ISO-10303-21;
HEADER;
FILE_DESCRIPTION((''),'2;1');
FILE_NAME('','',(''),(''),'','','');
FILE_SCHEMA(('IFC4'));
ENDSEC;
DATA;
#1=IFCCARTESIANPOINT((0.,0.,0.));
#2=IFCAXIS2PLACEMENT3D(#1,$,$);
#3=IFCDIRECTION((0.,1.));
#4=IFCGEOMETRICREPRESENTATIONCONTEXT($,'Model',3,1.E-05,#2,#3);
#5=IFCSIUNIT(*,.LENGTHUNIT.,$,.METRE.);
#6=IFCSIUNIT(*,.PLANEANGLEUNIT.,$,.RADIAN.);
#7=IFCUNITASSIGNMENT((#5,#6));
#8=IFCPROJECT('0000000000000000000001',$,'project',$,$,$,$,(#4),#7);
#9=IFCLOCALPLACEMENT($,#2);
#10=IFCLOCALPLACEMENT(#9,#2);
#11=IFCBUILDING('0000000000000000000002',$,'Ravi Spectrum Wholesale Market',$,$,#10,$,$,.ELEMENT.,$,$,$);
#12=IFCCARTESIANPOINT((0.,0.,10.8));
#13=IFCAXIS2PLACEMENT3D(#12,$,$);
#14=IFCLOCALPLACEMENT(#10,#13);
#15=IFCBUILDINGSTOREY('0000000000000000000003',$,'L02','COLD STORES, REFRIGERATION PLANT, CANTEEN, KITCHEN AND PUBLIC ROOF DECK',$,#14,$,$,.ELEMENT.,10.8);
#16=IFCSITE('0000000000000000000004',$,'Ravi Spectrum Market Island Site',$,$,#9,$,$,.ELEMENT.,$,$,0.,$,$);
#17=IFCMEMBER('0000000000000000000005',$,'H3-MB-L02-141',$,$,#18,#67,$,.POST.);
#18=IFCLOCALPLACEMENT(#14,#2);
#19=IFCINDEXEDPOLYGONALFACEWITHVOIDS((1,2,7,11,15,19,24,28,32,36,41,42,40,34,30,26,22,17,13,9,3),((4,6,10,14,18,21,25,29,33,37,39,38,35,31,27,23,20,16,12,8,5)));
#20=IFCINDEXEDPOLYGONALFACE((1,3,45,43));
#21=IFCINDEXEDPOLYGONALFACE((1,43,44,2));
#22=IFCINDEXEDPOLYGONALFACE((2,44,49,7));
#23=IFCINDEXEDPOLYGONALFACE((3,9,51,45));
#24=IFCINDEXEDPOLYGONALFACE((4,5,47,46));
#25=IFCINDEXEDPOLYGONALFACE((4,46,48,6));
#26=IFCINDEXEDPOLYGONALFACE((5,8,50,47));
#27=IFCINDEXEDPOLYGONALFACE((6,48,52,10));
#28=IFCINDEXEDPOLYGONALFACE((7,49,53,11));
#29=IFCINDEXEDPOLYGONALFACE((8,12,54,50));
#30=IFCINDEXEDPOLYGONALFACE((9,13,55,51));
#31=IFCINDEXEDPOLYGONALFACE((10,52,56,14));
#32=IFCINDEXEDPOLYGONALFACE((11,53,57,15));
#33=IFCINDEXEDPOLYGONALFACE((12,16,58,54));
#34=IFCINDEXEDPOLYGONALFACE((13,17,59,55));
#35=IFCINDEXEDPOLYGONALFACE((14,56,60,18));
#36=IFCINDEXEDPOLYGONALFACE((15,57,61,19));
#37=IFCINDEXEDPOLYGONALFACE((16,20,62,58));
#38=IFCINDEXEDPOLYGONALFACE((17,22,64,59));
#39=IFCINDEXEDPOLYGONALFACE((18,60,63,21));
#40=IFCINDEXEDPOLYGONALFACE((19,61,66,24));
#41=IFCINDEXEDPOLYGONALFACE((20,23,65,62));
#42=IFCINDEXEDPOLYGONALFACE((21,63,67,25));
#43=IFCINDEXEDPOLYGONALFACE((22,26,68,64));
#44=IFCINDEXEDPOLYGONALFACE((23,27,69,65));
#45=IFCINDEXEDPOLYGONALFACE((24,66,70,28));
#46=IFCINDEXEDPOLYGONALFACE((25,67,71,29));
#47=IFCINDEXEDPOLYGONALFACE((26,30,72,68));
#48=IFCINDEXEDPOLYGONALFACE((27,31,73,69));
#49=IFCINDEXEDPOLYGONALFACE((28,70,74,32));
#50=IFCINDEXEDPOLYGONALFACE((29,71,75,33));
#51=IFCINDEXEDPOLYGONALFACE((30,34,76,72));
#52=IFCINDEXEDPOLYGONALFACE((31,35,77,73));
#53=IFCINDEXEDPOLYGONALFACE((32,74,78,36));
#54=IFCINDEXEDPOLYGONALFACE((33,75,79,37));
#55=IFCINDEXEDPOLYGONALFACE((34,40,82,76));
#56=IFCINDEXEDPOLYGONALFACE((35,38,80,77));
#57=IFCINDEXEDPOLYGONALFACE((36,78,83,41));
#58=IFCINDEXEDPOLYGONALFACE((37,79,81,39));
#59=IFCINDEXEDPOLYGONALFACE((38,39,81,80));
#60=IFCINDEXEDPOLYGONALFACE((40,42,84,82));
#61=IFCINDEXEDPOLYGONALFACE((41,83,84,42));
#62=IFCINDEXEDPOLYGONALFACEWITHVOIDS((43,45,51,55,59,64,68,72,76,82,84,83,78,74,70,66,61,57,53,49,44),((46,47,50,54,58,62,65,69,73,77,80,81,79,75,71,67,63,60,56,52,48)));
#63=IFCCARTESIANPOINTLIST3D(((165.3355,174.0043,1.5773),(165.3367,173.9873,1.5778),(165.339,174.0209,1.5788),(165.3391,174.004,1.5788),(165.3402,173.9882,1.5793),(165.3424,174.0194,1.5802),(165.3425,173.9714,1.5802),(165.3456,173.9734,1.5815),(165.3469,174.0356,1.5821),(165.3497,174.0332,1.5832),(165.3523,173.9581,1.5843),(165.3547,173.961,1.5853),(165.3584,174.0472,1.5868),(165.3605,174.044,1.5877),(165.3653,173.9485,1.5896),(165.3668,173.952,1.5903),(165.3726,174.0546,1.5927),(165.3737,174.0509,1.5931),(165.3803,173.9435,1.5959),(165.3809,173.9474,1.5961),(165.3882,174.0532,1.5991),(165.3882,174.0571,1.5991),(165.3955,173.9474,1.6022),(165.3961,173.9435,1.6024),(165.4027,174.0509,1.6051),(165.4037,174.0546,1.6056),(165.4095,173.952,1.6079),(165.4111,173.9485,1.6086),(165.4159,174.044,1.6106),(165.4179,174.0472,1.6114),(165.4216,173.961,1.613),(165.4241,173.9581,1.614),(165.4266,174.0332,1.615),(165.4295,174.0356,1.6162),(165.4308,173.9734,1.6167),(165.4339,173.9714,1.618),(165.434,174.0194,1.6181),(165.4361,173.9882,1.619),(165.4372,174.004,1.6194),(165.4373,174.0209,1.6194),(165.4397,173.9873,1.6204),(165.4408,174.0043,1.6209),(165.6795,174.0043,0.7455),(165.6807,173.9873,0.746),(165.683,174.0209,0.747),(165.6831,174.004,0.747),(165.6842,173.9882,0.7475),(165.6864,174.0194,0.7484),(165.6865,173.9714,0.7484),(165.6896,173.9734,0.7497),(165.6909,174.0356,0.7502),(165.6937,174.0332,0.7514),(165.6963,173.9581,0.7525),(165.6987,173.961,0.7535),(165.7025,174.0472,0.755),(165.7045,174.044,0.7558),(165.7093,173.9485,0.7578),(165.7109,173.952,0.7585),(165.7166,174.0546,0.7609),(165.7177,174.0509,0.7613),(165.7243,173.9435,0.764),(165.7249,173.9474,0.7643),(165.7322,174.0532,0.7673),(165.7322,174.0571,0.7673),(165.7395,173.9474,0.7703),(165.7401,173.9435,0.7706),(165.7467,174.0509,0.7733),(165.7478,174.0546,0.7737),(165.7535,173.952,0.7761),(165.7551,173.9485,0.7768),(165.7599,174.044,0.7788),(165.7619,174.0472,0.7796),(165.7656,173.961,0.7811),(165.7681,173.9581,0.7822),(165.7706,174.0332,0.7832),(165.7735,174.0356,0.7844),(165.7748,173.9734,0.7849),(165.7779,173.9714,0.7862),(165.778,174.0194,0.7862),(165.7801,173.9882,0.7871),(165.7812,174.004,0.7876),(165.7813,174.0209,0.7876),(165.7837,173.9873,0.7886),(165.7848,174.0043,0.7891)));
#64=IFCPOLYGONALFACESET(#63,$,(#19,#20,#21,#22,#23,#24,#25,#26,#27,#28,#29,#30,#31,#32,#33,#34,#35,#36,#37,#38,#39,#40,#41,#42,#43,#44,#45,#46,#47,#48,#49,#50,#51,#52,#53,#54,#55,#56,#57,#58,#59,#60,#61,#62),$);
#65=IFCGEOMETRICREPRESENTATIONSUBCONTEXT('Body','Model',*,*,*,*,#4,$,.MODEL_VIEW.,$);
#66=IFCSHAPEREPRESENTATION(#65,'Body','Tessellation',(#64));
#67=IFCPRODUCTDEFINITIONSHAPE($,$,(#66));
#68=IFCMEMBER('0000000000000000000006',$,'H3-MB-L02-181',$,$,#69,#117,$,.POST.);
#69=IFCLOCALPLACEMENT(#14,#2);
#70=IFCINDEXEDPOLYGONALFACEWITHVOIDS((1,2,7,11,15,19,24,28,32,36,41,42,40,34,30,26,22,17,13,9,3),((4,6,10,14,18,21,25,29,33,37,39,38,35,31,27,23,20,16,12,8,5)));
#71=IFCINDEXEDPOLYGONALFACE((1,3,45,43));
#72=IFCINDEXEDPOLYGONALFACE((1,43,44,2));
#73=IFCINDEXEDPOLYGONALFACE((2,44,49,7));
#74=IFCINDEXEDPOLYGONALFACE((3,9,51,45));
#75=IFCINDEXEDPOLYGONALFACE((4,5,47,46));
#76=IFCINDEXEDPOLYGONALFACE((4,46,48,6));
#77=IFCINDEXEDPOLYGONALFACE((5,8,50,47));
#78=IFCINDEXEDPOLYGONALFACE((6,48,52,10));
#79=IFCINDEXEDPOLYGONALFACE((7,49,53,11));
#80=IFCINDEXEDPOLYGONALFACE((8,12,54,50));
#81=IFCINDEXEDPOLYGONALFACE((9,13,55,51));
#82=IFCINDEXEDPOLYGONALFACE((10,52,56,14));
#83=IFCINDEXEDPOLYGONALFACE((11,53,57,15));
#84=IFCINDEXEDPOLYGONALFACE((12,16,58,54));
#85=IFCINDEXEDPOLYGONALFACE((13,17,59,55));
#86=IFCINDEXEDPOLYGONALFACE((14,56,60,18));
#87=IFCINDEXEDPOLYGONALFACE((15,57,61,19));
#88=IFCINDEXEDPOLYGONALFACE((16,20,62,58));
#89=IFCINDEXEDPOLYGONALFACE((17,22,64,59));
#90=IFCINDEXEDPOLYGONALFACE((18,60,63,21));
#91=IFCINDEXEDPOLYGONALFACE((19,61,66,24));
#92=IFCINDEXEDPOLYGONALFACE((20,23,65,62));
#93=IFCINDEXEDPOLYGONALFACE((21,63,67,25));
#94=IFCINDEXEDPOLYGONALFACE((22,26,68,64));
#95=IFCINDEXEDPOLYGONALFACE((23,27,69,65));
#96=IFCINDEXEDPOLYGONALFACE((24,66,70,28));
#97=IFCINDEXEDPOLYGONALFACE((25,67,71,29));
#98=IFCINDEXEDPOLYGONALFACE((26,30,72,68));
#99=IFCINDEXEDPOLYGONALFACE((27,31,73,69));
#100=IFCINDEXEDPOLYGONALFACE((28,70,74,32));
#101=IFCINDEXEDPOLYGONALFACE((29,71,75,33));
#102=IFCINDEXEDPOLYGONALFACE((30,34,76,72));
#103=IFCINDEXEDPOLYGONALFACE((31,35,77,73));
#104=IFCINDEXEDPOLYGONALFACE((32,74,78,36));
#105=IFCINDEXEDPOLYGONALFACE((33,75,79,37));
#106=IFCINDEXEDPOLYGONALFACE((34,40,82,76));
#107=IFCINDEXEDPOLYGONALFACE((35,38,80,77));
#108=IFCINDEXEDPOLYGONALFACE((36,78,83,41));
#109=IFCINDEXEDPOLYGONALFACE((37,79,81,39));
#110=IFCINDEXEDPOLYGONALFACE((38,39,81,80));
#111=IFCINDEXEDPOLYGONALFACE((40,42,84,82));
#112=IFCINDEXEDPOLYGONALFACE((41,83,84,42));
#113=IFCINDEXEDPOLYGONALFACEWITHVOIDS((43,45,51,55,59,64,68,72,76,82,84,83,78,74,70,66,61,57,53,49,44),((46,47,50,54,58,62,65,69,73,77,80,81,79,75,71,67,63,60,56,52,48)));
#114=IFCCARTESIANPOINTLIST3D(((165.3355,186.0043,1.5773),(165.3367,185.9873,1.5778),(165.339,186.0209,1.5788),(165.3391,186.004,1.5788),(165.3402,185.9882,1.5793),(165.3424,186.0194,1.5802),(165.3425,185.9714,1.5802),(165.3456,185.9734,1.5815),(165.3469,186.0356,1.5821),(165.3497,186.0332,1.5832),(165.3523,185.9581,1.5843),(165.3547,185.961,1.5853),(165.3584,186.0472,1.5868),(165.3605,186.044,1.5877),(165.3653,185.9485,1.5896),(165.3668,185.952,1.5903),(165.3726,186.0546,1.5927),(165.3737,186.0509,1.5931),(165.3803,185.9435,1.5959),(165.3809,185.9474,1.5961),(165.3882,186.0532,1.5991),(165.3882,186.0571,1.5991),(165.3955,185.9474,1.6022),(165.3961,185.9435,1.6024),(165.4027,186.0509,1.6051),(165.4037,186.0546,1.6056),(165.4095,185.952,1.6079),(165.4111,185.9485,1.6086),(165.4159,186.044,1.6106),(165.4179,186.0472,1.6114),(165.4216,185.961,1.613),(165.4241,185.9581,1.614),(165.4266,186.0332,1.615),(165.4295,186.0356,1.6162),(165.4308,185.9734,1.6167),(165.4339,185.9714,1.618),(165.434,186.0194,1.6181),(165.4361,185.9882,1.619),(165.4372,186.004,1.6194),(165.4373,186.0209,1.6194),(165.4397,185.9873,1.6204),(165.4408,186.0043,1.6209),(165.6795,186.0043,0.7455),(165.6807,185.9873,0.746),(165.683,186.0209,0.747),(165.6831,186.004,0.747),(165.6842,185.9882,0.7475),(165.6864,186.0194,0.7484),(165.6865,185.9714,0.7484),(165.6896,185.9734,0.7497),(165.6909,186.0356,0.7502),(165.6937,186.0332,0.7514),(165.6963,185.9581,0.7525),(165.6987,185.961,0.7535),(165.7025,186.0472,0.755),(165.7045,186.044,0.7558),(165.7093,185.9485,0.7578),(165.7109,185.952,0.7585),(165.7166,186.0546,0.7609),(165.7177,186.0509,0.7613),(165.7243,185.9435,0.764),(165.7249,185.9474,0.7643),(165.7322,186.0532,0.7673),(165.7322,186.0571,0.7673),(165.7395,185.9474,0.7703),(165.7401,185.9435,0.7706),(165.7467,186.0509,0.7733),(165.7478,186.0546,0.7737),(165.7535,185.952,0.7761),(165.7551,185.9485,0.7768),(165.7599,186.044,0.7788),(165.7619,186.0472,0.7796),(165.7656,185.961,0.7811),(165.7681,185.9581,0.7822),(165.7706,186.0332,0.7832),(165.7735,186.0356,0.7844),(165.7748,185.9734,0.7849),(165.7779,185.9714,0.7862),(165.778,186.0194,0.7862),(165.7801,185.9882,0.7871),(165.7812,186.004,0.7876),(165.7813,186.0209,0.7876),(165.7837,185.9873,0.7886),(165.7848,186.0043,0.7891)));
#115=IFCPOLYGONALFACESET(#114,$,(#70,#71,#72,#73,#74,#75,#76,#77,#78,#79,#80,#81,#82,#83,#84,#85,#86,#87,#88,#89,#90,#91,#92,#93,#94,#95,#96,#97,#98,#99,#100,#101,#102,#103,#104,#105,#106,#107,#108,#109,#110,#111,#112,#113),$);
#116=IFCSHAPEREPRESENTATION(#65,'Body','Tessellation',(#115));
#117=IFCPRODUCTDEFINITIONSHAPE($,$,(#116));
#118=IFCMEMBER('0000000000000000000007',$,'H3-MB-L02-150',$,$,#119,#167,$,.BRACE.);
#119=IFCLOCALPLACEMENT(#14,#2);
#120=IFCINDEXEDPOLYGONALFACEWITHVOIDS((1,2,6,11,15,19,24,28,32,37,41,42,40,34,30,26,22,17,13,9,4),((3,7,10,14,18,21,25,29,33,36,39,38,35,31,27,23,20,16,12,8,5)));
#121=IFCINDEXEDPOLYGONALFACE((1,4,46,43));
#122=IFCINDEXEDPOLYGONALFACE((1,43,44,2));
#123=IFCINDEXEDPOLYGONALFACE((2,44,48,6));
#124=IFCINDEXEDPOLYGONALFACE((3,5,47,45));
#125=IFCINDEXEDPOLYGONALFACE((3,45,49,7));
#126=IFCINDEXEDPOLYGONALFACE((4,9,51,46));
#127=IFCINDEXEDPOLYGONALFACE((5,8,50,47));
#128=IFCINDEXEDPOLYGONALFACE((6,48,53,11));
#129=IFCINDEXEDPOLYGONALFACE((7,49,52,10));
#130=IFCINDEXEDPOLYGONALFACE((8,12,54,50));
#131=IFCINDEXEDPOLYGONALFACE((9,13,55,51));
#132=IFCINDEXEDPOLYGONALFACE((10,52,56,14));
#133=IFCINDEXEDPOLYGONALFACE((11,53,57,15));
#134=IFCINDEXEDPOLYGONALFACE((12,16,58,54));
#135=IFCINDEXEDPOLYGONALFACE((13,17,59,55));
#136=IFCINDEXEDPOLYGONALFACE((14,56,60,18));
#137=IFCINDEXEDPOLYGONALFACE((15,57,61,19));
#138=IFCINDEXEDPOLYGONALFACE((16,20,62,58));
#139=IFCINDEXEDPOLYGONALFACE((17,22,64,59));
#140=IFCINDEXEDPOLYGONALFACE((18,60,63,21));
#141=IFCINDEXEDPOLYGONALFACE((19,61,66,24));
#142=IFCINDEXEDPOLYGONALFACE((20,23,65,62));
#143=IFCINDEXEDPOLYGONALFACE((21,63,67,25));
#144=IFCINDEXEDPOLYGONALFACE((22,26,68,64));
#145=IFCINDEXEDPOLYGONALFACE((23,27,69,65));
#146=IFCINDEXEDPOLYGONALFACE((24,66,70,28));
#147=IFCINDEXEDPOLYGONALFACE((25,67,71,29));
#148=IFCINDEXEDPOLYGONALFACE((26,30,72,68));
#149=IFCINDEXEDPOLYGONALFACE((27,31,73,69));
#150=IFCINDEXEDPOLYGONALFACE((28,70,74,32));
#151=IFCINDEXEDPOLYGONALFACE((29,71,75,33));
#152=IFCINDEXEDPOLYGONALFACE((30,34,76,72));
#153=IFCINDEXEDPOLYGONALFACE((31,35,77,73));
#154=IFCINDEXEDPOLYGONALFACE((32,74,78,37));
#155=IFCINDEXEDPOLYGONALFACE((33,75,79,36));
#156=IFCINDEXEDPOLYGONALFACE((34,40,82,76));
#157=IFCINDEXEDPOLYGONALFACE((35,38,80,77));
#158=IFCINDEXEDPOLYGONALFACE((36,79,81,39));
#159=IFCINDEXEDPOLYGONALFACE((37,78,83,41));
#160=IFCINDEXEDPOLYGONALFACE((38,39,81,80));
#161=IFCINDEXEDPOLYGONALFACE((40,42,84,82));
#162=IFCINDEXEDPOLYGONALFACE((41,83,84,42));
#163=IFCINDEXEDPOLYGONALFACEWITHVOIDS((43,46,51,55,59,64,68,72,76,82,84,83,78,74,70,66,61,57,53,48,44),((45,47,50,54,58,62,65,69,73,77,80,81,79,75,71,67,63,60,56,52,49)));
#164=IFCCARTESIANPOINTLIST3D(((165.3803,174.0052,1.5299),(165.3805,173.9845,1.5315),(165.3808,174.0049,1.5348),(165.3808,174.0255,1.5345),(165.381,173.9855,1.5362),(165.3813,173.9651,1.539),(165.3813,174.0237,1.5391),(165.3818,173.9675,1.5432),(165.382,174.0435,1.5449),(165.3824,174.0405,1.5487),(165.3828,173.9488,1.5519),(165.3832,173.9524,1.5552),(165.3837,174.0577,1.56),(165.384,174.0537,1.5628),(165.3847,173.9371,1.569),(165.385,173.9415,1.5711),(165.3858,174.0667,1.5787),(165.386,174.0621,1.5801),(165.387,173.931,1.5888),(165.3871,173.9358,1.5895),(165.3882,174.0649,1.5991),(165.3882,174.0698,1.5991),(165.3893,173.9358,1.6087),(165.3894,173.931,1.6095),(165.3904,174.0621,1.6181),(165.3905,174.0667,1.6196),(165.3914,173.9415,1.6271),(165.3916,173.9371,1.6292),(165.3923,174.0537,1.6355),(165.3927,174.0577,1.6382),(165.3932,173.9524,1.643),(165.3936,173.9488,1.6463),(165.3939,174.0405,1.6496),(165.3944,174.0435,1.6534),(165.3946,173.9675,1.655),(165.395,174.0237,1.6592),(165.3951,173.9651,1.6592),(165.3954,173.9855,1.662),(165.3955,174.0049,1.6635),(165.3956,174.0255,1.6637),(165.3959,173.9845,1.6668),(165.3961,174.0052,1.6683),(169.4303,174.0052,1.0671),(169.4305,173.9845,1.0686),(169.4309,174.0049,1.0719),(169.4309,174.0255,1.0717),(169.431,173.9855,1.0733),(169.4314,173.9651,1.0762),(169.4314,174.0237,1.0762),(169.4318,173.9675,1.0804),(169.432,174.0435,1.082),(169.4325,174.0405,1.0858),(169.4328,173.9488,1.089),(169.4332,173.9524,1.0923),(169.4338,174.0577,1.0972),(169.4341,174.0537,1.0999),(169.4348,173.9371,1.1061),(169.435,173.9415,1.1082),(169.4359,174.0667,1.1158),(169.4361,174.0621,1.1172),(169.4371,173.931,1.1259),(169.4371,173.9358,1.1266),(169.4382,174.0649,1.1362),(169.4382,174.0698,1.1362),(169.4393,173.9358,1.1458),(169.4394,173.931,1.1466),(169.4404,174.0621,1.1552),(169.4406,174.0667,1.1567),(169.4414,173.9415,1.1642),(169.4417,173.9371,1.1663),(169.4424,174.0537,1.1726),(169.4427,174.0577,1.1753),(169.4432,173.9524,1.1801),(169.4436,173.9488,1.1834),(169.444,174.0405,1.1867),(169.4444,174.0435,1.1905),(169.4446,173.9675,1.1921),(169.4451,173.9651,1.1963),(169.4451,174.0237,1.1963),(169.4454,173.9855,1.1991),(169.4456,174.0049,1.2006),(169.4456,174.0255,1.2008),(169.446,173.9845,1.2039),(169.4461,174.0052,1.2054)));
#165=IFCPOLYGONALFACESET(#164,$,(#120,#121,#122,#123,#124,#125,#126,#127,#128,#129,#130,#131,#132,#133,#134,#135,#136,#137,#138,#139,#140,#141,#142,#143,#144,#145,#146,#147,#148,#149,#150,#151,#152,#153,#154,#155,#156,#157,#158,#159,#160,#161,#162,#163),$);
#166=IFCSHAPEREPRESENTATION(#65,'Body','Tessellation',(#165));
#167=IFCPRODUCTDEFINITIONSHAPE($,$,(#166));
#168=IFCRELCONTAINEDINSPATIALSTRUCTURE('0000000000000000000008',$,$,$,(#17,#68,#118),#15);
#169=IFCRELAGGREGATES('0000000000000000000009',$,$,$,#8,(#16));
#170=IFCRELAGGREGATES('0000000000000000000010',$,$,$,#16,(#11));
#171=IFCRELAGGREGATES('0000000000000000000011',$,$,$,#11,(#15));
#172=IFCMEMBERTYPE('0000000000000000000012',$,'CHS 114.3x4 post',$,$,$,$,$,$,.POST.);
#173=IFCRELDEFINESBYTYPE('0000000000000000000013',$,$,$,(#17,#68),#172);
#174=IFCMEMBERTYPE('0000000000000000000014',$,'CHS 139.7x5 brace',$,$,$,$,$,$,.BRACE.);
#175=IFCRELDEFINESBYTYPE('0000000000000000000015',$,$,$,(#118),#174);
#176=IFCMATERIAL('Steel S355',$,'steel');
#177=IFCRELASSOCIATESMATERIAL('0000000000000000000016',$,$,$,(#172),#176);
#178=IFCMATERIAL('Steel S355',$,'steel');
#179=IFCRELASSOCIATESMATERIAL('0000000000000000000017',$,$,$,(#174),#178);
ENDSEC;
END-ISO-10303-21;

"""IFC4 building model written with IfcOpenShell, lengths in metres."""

from ifc_helpers import new_model, si_unit, direction, frame, origin, origin_2d, place, context, subcontext, project, spatial, hollow_circle, extrude, material, material_profile, profile_set, type_object, element, save


model = new_model("IFC4")

# Units and contexts
model_context = context("Model", 3, precision=1e-05, world=origin(), true_north=direction((0.0, 1.0)))
body_context = subcontext(model_context, "Body", "Model", "MODEL_VIEW")
ifc_project = project(units=[si_unit("LENGTHUNIT", "METRE"), si_unit("PLANEANGLEUNIT", "RADIAN")], contexts=[model_context])

# Site, building, storey
site_placement = place(None, origin())
site = spatial("IfcSite", under=ifc_project, at=site_placement, Name="Ravi Spectrum Market Island Site", CompositionType="ELEMENT", RefElevation=0.0)
building_placement = place(site_placement, origin())
building = spatial("IfcBuilding", under=site, at=building_placement, Name="Ravi Spectrum Wholesale Market", CompositionType="ELEMENT")
storey_placement = place(building_placement, frame((0.0, 0.0, 10.8)))
storey = spatial("IfcBuildingStorey", under=building, at=storey_placement, Name="L02", Description="COLD STORES, REFRIGERATION PLANT, CANTEEN, KITCHEN AND PUBLIC ROOF DECK", CompositionType="ELEMENT", Elevation=10.8)

# Members
ifc_material_1 = material(Name="Steel S355", Category="steel")
ifc_material_profile_1 = material_profile(ifc_material_1, hollow_circle(Radius=0.0571, WallThickness=0.0039, at=origin_2d()))
ifc_profile_set_1 = profile_set([ifc_material_profile_1], Name="Steel S355")
member_type_1 = type_object("IfcMemberType", Name="CHS 114.3x4 post", PredefinedType="POST", material=ifc_profile_set_1)
for number, where, z_axis, x_axis, name in (
    (1, (165.3882, 174.0, 1.5991), (0.382168, 0.0, -0.924093), (0.0, 1.0, 0.0), "H3-MB-L02-141"),
    (2, (165.3882, 186.0, 1.5991), (0.382168, 0.0, -0.924093), (0.0, 1.0, 0.0), "H3-MB-L02-181"),
):
    element("IfcMember", number, at=place(storey_placement, frame(where, z_axis=z_axis, x_axis=x_axis)), inside=storey, type_object=member_type_1, Name=name, PredefinedType="POST", context=body_context, shape_type="SweptSolid", body=[
        extrude(hollow_circle(Radius=0.0571, WallThickness=0.0039, at=origin_2d()), origin(), (0.0, 0.0, 1.0), 0.9001),
    ])
ifc_material_2 = material(Name="Steel S355", Category="steel")
ifc_material_profile_2 = material_profile(ifc_material_2, hollow_circle(Radius=0.0698, WallThickness=0.0049, at=origin_2d()))
ifc_profile_set_2 = profile_set([ifc_material_profile_2], Name="Steel S355")
member_type_2 = type_object("IfcMemberType", Name="CHS 139.7x5 brace", PredefinedType="BRACE", material=ifc_profile_set_2)
for number, where, z_axis, x_axis, name in (
    (3, (165.3882, 174.0, 1.5991), (0.993532, 0.0, -0.113553), (0.0, 1.0, 0.0), "H3-MB-L02-150"),
):
    element("IfcMember", number, at=place(storey_placement, frame(where, z_axis=z_axis, x_axis=x_axis)), inside=storey, type_object=member_type_2, Name=name, PredefinedType="BRACE", context=body_context, shape_type="SweptSolid", body=[
        extrude(hollow_circle(Radius=0.0698, WallThickness=0.0049, at=origin_2d()), origin(), (0.0, 0.0, 1.0), 4.0764),
    ])

save(model, "model.ifc")
